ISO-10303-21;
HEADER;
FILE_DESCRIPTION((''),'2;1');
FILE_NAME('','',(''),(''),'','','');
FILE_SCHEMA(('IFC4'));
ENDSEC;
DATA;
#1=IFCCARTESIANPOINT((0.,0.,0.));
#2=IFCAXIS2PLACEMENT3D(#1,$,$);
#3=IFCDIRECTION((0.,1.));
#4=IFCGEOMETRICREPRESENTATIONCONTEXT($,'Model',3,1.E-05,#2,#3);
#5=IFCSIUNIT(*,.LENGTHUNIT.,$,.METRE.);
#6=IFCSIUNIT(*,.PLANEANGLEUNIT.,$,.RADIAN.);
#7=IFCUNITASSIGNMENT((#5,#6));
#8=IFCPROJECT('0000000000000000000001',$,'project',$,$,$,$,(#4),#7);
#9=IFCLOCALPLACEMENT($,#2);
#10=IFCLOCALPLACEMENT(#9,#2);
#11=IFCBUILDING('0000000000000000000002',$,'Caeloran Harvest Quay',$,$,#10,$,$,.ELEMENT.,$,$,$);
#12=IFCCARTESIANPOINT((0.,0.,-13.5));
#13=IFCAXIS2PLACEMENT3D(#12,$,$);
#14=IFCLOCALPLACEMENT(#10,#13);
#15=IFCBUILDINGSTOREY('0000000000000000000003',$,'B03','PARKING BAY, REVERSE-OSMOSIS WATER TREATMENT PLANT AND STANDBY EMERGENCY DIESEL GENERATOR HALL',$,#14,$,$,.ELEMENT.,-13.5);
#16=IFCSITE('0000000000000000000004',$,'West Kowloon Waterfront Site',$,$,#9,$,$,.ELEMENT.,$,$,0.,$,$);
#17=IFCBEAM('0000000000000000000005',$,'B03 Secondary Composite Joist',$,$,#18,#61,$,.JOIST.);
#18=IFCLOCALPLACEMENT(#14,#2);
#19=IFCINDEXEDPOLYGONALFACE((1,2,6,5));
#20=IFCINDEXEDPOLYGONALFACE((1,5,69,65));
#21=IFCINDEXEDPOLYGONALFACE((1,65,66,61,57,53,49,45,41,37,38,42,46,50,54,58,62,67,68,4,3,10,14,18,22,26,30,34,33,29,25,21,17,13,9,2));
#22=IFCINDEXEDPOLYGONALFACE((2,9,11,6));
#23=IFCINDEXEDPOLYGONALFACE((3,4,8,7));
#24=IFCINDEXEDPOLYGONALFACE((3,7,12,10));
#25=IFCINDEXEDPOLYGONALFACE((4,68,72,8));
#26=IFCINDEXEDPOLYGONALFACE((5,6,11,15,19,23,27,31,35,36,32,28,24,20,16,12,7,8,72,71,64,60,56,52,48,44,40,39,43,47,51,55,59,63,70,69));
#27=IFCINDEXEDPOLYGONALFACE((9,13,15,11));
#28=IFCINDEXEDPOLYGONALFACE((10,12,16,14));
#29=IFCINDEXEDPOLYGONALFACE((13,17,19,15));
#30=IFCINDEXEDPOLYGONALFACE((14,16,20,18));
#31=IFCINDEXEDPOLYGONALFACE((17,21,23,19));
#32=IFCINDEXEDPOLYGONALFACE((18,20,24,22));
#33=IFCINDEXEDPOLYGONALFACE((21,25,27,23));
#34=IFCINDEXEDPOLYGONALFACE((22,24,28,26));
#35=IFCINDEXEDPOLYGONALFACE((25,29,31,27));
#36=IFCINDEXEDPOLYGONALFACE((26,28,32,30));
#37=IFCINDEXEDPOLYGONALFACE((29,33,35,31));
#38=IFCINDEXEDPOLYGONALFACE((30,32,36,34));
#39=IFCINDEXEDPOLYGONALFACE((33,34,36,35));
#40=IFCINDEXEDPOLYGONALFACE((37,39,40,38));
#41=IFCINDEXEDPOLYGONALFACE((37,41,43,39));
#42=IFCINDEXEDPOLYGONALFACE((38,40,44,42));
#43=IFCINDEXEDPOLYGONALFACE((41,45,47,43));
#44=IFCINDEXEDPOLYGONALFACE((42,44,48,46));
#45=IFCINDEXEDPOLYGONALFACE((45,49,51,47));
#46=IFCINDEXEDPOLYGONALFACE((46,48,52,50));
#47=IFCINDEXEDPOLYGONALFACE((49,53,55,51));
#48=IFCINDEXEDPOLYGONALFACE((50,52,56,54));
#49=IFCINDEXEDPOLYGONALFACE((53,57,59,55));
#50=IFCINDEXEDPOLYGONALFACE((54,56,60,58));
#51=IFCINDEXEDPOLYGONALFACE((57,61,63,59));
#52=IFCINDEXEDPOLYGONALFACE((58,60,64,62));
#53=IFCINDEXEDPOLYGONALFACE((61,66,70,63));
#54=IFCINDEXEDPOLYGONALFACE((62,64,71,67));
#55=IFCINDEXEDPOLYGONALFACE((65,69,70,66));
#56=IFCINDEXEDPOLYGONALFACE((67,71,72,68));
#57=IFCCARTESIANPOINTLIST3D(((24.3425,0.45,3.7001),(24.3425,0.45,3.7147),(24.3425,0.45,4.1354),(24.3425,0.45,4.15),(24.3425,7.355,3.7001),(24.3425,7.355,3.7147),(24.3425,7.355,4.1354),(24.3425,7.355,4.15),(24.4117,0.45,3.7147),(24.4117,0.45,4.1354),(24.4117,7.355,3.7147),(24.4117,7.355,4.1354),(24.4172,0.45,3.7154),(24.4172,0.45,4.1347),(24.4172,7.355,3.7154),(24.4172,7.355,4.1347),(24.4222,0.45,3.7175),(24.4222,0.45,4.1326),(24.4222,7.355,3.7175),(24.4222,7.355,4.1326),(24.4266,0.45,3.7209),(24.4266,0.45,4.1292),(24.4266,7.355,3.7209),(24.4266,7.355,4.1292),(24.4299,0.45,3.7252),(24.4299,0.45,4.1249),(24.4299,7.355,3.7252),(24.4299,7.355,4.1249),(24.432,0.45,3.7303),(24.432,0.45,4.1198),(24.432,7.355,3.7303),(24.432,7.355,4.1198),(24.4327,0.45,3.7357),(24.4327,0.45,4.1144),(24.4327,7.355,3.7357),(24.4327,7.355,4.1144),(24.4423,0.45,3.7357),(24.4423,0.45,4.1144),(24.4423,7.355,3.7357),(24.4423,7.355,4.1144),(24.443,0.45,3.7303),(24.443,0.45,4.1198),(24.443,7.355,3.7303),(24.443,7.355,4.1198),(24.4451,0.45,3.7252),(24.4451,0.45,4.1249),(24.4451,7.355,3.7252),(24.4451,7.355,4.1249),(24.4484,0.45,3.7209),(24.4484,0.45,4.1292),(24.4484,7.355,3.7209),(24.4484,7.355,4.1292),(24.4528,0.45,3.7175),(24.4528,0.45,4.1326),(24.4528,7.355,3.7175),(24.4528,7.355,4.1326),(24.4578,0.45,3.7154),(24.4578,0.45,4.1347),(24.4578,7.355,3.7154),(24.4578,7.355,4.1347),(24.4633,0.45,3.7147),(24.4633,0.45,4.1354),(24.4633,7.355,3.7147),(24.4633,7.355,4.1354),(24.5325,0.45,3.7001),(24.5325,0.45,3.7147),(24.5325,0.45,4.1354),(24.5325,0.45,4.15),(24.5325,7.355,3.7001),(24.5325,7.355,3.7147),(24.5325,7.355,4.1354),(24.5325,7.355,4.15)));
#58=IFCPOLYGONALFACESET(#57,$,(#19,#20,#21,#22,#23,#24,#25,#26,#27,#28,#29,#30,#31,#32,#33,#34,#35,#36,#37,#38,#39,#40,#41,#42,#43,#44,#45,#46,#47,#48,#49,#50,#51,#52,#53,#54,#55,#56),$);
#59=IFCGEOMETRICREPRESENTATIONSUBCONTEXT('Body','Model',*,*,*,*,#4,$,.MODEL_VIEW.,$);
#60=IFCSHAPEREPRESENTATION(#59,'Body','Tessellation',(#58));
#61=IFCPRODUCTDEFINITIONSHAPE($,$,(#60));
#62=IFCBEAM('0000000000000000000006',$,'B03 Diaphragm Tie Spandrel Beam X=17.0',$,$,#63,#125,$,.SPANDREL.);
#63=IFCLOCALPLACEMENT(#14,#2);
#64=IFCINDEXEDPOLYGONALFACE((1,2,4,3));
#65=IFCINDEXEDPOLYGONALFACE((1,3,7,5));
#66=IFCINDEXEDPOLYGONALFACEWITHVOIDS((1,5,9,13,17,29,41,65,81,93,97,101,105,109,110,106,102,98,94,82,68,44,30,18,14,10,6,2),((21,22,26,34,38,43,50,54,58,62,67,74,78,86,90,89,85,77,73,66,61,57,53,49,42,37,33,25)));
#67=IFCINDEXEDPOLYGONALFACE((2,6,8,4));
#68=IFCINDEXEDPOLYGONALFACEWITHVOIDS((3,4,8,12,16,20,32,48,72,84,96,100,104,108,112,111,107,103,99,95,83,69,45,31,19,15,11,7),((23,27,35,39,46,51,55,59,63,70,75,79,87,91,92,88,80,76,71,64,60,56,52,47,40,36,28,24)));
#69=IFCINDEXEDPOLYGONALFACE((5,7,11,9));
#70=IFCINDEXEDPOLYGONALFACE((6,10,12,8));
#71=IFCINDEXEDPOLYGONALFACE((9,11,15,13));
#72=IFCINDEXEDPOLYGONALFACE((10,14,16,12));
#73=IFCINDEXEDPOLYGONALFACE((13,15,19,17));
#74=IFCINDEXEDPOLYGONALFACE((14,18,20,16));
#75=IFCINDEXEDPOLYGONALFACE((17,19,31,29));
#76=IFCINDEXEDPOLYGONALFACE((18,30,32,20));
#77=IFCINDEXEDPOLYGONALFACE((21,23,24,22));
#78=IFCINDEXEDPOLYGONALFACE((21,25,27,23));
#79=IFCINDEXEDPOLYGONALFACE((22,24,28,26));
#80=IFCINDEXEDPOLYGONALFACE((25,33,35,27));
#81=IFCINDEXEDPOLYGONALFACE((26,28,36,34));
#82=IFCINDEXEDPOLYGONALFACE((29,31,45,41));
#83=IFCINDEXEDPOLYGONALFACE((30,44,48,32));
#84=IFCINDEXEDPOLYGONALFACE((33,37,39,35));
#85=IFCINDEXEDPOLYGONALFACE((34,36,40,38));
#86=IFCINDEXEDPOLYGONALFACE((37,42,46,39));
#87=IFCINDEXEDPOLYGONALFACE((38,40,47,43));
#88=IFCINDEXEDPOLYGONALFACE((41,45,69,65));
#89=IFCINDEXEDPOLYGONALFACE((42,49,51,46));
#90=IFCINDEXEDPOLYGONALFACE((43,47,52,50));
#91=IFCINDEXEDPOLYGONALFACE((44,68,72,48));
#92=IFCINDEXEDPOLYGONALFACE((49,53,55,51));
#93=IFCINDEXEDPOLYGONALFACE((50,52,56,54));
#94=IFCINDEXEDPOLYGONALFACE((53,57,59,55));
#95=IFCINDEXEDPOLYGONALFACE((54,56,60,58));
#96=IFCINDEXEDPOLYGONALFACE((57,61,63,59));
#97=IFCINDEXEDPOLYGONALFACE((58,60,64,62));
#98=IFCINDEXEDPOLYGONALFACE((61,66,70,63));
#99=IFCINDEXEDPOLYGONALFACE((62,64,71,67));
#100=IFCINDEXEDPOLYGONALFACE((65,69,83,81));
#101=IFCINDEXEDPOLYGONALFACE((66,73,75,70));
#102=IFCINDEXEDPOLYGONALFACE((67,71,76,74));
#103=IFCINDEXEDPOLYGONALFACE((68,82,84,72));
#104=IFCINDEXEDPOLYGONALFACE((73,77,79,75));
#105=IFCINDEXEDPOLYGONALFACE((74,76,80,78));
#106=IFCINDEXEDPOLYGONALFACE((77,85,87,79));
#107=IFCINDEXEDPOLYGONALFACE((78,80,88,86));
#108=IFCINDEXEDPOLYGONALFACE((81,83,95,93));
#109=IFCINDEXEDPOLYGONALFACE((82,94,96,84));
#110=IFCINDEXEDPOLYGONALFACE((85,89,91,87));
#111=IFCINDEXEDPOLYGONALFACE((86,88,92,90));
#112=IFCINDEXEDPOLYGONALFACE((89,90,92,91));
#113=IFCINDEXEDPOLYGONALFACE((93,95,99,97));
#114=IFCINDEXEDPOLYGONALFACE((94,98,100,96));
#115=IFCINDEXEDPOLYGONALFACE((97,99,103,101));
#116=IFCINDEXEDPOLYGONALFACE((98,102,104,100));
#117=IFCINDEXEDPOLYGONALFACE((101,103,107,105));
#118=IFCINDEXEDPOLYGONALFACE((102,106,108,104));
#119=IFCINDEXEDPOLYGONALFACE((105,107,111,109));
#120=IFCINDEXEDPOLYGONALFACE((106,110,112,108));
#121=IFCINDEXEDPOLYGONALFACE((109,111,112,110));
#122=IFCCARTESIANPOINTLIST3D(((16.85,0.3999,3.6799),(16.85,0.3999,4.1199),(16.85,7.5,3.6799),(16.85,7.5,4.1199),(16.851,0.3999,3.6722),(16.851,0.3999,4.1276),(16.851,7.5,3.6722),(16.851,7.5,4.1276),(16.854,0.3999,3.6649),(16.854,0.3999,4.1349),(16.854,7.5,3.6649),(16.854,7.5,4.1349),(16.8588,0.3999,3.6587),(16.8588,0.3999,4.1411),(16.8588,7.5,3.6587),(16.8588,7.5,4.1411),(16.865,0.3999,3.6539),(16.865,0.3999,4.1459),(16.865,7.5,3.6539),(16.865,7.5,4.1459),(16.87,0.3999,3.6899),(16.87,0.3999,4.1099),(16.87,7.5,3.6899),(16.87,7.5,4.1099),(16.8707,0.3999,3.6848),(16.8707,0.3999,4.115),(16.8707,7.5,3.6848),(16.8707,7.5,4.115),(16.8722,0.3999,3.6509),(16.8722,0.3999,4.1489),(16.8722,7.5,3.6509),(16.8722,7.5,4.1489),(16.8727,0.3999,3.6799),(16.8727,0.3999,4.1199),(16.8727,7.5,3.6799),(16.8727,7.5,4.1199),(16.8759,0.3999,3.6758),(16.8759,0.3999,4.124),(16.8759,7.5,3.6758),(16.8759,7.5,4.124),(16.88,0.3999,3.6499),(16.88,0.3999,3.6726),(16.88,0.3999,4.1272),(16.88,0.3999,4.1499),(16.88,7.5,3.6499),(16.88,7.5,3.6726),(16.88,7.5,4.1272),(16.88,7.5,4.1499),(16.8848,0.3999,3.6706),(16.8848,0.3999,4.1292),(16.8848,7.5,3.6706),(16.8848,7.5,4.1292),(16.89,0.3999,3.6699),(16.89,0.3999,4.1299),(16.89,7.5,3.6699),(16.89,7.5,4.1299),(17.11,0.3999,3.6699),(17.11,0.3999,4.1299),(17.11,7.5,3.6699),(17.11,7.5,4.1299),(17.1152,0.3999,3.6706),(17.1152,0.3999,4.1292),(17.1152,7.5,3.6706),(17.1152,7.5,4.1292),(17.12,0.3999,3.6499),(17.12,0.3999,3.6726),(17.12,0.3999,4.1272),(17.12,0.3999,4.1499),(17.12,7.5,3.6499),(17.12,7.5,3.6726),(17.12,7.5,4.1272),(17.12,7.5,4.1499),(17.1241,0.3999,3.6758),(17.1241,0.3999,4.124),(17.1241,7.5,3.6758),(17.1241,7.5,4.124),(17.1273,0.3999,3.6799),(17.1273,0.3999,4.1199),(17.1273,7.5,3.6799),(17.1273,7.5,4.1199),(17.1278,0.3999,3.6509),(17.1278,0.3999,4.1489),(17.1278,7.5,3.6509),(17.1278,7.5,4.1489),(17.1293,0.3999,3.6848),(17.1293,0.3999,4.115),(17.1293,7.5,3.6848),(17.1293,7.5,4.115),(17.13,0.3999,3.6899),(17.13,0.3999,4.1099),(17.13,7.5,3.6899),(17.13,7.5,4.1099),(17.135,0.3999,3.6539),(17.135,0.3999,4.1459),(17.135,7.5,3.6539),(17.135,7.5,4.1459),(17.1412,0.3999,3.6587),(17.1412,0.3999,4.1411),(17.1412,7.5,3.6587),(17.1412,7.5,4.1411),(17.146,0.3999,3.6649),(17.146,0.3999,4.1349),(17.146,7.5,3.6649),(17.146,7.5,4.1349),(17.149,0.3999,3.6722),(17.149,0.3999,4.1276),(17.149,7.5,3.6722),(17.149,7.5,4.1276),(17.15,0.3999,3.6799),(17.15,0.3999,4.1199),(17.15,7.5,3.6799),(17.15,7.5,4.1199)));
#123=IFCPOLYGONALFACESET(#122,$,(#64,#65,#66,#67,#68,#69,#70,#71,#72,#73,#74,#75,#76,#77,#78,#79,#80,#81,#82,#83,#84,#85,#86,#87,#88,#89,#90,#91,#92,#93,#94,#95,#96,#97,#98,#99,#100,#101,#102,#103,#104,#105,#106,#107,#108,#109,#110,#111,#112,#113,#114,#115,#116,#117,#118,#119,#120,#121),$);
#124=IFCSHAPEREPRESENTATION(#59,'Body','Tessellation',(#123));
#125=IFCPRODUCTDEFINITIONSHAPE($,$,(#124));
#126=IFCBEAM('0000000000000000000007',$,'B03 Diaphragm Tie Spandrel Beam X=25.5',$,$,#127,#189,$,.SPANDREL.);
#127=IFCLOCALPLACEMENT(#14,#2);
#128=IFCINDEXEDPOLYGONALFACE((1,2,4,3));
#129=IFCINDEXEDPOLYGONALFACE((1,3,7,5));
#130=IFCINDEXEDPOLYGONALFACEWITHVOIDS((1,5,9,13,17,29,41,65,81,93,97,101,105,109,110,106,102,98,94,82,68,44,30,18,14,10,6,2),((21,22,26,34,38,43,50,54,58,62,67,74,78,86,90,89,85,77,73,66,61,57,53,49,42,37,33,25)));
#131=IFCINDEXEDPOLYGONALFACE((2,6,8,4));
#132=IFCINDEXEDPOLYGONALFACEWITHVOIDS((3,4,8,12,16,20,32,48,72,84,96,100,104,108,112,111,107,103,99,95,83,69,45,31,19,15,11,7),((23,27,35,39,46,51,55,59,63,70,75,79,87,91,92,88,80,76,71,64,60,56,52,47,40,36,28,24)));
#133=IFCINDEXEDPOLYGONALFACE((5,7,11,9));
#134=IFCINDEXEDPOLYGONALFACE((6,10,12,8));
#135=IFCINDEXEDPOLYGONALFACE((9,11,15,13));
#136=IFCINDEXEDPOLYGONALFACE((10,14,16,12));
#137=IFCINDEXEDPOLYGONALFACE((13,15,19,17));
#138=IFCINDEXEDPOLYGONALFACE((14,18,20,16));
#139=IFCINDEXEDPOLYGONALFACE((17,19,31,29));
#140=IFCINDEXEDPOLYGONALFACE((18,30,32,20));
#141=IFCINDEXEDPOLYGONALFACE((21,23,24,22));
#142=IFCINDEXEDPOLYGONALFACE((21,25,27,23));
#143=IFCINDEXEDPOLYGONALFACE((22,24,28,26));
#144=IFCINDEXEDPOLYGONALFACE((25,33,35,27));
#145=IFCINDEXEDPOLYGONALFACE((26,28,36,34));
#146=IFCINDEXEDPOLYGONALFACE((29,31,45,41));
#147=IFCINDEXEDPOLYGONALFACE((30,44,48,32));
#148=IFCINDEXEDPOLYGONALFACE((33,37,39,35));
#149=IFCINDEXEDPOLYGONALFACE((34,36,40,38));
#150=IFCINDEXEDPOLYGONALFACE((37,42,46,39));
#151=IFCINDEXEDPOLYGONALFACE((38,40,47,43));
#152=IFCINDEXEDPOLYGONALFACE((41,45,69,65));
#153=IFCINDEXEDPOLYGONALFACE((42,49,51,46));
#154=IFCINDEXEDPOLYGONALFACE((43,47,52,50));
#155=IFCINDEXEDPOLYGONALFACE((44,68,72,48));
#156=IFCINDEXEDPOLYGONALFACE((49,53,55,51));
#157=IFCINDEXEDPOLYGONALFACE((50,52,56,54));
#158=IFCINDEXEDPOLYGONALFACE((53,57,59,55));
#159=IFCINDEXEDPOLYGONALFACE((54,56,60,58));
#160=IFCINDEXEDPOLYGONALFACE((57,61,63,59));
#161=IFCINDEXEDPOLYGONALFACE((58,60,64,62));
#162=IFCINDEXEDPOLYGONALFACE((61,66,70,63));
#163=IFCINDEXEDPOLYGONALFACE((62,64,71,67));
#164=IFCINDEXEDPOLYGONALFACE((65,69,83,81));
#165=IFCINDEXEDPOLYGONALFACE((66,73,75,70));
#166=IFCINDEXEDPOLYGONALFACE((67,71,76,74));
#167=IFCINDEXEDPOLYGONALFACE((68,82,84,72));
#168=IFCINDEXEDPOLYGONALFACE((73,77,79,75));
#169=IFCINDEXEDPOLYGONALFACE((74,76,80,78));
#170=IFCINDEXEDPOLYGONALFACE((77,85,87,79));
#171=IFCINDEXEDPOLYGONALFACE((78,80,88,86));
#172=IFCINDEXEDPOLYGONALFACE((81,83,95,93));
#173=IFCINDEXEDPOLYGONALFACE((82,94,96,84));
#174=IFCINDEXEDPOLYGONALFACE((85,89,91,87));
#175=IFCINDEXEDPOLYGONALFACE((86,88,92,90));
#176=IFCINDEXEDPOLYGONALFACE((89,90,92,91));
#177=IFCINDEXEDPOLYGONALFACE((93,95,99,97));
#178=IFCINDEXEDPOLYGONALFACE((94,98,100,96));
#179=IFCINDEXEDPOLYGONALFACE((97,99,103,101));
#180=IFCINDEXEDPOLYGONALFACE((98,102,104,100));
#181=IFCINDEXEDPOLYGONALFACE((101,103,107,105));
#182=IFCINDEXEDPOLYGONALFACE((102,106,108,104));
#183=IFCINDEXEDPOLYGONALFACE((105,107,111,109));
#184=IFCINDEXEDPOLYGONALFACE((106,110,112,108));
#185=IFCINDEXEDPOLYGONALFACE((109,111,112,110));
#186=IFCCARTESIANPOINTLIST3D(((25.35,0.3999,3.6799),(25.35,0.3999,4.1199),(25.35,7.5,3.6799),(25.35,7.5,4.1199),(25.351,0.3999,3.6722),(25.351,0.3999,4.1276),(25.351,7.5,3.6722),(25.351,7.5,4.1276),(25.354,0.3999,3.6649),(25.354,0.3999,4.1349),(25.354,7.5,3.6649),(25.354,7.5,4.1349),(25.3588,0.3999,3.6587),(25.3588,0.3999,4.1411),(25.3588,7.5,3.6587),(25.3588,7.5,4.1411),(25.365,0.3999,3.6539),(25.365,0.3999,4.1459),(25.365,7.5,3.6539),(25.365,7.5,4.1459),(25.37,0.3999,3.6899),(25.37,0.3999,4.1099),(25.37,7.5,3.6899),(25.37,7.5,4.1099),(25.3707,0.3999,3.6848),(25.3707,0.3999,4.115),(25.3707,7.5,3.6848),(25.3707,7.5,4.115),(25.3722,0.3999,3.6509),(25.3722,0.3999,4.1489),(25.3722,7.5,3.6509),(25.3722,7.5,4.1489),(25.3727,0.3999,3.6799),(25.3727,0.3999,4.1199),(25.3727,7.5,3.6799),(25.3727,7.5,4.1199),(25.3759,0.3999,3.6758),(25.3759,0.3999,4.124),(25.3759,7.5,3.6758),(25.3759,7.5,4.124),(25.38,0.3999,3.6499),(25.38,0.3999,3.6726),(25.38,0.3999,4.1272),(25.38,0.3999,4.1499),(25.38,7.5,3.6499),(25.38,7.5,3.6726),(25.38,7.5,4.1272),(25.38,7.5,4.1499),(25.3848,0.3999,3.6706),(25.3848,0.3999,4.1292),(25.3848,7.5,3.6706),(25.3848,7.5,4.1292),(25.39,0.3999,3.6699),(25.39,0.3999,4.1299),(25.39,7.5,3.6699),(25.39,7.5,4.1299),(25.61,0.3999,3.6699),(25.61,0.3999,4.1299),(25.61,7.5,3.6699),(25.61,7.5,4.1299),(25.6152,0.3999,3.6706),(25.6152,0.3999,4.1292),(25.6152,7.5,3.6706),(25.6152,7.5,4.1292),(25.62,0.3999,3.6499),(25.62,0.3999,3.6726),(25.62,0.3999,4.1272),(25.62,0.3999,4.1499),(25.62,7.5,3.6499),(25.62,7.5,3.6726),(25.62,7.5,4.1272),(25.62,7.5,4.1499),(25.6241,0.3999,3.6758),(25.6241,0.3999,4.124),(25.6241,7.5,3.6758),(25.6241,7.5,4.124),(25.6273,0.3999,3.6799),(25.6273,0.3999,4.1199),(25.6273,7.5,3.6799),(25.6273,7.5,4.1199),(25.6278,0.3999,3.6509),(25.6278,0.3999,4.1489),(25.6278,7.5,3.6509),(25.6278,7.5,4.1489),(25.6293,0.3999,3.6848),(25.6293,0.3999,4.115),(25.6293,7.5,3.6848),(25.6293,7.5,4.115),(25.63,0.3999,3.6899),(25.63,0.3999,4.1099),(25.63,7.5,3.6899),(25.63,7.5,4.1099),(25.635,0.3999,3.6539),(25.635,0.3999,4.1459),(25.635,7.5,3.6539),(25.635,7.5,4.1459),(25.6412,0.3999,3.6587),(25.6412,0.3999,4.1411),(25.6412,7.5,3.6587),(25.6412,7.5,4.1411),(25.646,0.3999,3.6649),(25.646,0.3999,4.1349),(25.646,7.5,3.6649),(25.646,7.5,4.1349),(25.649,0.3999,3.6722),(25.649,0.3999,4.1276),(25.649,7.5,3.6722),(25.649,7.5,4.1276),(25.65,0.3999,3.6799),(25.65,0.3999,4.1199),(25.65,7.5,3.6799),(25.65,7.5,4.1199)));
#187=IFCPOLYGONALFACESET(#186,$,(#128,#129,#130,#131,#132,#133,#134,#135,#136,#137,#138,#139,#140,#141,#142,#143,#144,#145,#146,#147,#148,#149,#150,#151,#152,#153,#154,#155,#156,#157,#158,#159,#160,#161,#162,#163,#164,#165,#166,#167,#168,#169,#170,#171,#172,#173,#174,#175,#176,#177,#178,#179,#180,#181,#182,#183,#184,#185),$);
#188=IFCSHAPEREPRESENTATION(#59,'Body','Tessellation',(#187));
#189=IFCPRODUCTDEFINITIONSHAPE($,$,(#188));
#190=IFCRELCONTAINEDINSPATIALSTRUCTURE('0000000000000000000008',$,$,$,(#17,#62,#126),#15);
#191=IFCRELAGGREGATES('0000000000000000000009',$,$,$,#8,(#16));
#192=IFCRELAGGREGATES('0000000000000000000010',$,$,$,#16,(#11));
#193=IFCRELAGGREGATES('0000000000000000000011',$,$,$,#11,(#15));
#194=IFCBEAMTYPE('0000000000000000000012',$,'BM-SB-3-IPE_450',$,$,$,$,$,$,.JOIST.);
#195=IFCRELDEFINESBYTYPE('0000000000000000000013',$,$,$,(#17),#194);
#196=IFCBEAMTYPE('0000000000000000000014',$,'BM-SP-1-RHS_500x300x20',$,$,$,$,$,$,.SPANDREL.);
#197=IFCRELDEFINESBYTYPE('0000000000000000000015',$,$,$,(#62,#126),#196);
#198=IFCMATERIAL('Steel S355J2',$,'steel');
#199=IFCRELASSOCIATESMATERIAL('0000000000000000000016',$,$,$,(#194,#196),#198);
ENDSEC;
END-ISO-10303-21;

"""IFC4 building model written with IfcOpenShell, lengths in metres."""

from ifc_helpers import new_model, si_unit, direction, frame, origin, origin_2d, place, context, subcontext, project, spatial, hollow_rectangle, i_section, extrude, material, material_profile, profile_set, type_object, element, save


model = new_model("IFC4")

# Units and contexts
model_context = context("Model", 3, precision=1e-05, world=origin(), true_north=direction((0.0, 1.0)))
body_context = subcontext(model_context, "Body", "Model", "MODEL_VIEW")
ifc_project = project(units=[si_unit("LENGTHUNIT", "METRE"), si_unit("PLANEANGLEUNIT", "RADIAN")], contexts=[model_context])

# Site, building, storey
site_placement = place(None, origin())
site = spatial("IfcSite", under=ifc_project, at=site_placement, Name="West Kowloon Waterfront Site", CompositionType="ELEMENT", RefElevation=0.0)
building_placement = place(site_placement, origin())
building = spatial("IfcBuilding", under=site, at=building_placement, Name="Caeloran Harvest Quay", CompositionType="ELEMENT")
storey_placement = place(building_placement, frame((0.0, 0.0, -13.5)))
storey = spatial("IfcBuildingStorey", under=building, at=storey_placement, Name="B03", Description="PARKING BAY, REVERSE-OSMOSIS WATER TREATMENT PLANT AND STANDBY EMERGENCY DIESEL GENERATOR HALL", CompositionType="ELEMENT", Elevation=-13.5)

# Beams
ifc_material_1 = material(Name="Steel S355J2", Category="steel")
ifc_material_profile_1 = material_profile(ifc_material_1, i_section(OverallWidth=0.1899, OverallDepth=0.45, WebThickness=0.0095, FlangeThickness=0.0146, FilletRadius=0.021, at=origin_2d()), Name="IPE 450")
ifc_profile_set_1 = profile_set([ifc_material_profile_1], Name="Steel S355J2")
beam_type_1 = type_object("IfcBeamType", Name="BM-SB-3-IPE_450", PredefinedType="JOIST", material=ifc_profile_set_1)
for number, where, z_axis, x_axis, name in (
    (1, (24.4375, 0.45, 3.925), (0.0, 1.0, 0.0), (-1.0, 0.0, 0.0), "B03 Secondary Composite Joist"),
):
    element("IfcBeam", number, at=place(storey_placement, frame(where, z_axis=z_axis, x_axis=x_axis)), inside=storey, type_object=beam_type_1, Name=name, PredefinedType="JOIST", context=body_context, shape_type="SweptSolid", body=[
        extrude(i_section(OverallWidth=0.1899, OverallDepth=0.45, WebThickness=0.0095, FlangeThickness=0.0146, FilletRadius=0.021, at=origin_2d()), origin(), (0.0, 0.0, 1.0), 6.905),
    ])
ifc_material_profile_2 = material_profile(ifc_material_1, hollow_rectangle(XDim=0.3, YDim=0.5, WallThickness=0.02, InnerFilletRadius=0.02, OuterFilletRadius=0.03, at=origin_2d()), Name="RHS 500x300x20")
ifc_profile_set_2 = profile_set([ifc_material_profile_2], Name="Steel S355J2")
beam_type_2 = type_object("IfcBeamType", Name="BM-SP-1-RHS_500x300x20", PredefinedType="SPANDREL", material=ifc_profile_set_2)
for number, where, z_axis, x_axis, name in (
    (2, (17.0, 0.3999, 3.8999), (0.0, 1.0, 0.0), (-1.0, 0.0, 0.0), "B03 Diaphragm Tie Spandrel Beam X=17.0"),
    (3, (25.5, 0.3999, 3.8999), (0.0, 1.0, 0.0), (-1.0, 0.0, 0.0), "B03 Diaphragm Tie Spandrel Beam X=25.5"),
):
    element("IfcBeam", number, at=place(storey_placement, frame(where, z_axis=z_axis, x_axis=x_axis)), inside=storey, type_object=beam_type_2, Name=name, PredefinedType="SPANDREL", context=body_context, shape_type="SweptSolid", body=[
        extrude(hollow_rectangle(XDim=0.3, YDim=0.5, WallThickness=0.02, InnerFilletRadius=0.02, OuterFilletRadius=0.03, at=origin_2d()), origin(), (0.0, 0.0, 1.0), 7.1001),
    ])

save(model, "model.ifc")
